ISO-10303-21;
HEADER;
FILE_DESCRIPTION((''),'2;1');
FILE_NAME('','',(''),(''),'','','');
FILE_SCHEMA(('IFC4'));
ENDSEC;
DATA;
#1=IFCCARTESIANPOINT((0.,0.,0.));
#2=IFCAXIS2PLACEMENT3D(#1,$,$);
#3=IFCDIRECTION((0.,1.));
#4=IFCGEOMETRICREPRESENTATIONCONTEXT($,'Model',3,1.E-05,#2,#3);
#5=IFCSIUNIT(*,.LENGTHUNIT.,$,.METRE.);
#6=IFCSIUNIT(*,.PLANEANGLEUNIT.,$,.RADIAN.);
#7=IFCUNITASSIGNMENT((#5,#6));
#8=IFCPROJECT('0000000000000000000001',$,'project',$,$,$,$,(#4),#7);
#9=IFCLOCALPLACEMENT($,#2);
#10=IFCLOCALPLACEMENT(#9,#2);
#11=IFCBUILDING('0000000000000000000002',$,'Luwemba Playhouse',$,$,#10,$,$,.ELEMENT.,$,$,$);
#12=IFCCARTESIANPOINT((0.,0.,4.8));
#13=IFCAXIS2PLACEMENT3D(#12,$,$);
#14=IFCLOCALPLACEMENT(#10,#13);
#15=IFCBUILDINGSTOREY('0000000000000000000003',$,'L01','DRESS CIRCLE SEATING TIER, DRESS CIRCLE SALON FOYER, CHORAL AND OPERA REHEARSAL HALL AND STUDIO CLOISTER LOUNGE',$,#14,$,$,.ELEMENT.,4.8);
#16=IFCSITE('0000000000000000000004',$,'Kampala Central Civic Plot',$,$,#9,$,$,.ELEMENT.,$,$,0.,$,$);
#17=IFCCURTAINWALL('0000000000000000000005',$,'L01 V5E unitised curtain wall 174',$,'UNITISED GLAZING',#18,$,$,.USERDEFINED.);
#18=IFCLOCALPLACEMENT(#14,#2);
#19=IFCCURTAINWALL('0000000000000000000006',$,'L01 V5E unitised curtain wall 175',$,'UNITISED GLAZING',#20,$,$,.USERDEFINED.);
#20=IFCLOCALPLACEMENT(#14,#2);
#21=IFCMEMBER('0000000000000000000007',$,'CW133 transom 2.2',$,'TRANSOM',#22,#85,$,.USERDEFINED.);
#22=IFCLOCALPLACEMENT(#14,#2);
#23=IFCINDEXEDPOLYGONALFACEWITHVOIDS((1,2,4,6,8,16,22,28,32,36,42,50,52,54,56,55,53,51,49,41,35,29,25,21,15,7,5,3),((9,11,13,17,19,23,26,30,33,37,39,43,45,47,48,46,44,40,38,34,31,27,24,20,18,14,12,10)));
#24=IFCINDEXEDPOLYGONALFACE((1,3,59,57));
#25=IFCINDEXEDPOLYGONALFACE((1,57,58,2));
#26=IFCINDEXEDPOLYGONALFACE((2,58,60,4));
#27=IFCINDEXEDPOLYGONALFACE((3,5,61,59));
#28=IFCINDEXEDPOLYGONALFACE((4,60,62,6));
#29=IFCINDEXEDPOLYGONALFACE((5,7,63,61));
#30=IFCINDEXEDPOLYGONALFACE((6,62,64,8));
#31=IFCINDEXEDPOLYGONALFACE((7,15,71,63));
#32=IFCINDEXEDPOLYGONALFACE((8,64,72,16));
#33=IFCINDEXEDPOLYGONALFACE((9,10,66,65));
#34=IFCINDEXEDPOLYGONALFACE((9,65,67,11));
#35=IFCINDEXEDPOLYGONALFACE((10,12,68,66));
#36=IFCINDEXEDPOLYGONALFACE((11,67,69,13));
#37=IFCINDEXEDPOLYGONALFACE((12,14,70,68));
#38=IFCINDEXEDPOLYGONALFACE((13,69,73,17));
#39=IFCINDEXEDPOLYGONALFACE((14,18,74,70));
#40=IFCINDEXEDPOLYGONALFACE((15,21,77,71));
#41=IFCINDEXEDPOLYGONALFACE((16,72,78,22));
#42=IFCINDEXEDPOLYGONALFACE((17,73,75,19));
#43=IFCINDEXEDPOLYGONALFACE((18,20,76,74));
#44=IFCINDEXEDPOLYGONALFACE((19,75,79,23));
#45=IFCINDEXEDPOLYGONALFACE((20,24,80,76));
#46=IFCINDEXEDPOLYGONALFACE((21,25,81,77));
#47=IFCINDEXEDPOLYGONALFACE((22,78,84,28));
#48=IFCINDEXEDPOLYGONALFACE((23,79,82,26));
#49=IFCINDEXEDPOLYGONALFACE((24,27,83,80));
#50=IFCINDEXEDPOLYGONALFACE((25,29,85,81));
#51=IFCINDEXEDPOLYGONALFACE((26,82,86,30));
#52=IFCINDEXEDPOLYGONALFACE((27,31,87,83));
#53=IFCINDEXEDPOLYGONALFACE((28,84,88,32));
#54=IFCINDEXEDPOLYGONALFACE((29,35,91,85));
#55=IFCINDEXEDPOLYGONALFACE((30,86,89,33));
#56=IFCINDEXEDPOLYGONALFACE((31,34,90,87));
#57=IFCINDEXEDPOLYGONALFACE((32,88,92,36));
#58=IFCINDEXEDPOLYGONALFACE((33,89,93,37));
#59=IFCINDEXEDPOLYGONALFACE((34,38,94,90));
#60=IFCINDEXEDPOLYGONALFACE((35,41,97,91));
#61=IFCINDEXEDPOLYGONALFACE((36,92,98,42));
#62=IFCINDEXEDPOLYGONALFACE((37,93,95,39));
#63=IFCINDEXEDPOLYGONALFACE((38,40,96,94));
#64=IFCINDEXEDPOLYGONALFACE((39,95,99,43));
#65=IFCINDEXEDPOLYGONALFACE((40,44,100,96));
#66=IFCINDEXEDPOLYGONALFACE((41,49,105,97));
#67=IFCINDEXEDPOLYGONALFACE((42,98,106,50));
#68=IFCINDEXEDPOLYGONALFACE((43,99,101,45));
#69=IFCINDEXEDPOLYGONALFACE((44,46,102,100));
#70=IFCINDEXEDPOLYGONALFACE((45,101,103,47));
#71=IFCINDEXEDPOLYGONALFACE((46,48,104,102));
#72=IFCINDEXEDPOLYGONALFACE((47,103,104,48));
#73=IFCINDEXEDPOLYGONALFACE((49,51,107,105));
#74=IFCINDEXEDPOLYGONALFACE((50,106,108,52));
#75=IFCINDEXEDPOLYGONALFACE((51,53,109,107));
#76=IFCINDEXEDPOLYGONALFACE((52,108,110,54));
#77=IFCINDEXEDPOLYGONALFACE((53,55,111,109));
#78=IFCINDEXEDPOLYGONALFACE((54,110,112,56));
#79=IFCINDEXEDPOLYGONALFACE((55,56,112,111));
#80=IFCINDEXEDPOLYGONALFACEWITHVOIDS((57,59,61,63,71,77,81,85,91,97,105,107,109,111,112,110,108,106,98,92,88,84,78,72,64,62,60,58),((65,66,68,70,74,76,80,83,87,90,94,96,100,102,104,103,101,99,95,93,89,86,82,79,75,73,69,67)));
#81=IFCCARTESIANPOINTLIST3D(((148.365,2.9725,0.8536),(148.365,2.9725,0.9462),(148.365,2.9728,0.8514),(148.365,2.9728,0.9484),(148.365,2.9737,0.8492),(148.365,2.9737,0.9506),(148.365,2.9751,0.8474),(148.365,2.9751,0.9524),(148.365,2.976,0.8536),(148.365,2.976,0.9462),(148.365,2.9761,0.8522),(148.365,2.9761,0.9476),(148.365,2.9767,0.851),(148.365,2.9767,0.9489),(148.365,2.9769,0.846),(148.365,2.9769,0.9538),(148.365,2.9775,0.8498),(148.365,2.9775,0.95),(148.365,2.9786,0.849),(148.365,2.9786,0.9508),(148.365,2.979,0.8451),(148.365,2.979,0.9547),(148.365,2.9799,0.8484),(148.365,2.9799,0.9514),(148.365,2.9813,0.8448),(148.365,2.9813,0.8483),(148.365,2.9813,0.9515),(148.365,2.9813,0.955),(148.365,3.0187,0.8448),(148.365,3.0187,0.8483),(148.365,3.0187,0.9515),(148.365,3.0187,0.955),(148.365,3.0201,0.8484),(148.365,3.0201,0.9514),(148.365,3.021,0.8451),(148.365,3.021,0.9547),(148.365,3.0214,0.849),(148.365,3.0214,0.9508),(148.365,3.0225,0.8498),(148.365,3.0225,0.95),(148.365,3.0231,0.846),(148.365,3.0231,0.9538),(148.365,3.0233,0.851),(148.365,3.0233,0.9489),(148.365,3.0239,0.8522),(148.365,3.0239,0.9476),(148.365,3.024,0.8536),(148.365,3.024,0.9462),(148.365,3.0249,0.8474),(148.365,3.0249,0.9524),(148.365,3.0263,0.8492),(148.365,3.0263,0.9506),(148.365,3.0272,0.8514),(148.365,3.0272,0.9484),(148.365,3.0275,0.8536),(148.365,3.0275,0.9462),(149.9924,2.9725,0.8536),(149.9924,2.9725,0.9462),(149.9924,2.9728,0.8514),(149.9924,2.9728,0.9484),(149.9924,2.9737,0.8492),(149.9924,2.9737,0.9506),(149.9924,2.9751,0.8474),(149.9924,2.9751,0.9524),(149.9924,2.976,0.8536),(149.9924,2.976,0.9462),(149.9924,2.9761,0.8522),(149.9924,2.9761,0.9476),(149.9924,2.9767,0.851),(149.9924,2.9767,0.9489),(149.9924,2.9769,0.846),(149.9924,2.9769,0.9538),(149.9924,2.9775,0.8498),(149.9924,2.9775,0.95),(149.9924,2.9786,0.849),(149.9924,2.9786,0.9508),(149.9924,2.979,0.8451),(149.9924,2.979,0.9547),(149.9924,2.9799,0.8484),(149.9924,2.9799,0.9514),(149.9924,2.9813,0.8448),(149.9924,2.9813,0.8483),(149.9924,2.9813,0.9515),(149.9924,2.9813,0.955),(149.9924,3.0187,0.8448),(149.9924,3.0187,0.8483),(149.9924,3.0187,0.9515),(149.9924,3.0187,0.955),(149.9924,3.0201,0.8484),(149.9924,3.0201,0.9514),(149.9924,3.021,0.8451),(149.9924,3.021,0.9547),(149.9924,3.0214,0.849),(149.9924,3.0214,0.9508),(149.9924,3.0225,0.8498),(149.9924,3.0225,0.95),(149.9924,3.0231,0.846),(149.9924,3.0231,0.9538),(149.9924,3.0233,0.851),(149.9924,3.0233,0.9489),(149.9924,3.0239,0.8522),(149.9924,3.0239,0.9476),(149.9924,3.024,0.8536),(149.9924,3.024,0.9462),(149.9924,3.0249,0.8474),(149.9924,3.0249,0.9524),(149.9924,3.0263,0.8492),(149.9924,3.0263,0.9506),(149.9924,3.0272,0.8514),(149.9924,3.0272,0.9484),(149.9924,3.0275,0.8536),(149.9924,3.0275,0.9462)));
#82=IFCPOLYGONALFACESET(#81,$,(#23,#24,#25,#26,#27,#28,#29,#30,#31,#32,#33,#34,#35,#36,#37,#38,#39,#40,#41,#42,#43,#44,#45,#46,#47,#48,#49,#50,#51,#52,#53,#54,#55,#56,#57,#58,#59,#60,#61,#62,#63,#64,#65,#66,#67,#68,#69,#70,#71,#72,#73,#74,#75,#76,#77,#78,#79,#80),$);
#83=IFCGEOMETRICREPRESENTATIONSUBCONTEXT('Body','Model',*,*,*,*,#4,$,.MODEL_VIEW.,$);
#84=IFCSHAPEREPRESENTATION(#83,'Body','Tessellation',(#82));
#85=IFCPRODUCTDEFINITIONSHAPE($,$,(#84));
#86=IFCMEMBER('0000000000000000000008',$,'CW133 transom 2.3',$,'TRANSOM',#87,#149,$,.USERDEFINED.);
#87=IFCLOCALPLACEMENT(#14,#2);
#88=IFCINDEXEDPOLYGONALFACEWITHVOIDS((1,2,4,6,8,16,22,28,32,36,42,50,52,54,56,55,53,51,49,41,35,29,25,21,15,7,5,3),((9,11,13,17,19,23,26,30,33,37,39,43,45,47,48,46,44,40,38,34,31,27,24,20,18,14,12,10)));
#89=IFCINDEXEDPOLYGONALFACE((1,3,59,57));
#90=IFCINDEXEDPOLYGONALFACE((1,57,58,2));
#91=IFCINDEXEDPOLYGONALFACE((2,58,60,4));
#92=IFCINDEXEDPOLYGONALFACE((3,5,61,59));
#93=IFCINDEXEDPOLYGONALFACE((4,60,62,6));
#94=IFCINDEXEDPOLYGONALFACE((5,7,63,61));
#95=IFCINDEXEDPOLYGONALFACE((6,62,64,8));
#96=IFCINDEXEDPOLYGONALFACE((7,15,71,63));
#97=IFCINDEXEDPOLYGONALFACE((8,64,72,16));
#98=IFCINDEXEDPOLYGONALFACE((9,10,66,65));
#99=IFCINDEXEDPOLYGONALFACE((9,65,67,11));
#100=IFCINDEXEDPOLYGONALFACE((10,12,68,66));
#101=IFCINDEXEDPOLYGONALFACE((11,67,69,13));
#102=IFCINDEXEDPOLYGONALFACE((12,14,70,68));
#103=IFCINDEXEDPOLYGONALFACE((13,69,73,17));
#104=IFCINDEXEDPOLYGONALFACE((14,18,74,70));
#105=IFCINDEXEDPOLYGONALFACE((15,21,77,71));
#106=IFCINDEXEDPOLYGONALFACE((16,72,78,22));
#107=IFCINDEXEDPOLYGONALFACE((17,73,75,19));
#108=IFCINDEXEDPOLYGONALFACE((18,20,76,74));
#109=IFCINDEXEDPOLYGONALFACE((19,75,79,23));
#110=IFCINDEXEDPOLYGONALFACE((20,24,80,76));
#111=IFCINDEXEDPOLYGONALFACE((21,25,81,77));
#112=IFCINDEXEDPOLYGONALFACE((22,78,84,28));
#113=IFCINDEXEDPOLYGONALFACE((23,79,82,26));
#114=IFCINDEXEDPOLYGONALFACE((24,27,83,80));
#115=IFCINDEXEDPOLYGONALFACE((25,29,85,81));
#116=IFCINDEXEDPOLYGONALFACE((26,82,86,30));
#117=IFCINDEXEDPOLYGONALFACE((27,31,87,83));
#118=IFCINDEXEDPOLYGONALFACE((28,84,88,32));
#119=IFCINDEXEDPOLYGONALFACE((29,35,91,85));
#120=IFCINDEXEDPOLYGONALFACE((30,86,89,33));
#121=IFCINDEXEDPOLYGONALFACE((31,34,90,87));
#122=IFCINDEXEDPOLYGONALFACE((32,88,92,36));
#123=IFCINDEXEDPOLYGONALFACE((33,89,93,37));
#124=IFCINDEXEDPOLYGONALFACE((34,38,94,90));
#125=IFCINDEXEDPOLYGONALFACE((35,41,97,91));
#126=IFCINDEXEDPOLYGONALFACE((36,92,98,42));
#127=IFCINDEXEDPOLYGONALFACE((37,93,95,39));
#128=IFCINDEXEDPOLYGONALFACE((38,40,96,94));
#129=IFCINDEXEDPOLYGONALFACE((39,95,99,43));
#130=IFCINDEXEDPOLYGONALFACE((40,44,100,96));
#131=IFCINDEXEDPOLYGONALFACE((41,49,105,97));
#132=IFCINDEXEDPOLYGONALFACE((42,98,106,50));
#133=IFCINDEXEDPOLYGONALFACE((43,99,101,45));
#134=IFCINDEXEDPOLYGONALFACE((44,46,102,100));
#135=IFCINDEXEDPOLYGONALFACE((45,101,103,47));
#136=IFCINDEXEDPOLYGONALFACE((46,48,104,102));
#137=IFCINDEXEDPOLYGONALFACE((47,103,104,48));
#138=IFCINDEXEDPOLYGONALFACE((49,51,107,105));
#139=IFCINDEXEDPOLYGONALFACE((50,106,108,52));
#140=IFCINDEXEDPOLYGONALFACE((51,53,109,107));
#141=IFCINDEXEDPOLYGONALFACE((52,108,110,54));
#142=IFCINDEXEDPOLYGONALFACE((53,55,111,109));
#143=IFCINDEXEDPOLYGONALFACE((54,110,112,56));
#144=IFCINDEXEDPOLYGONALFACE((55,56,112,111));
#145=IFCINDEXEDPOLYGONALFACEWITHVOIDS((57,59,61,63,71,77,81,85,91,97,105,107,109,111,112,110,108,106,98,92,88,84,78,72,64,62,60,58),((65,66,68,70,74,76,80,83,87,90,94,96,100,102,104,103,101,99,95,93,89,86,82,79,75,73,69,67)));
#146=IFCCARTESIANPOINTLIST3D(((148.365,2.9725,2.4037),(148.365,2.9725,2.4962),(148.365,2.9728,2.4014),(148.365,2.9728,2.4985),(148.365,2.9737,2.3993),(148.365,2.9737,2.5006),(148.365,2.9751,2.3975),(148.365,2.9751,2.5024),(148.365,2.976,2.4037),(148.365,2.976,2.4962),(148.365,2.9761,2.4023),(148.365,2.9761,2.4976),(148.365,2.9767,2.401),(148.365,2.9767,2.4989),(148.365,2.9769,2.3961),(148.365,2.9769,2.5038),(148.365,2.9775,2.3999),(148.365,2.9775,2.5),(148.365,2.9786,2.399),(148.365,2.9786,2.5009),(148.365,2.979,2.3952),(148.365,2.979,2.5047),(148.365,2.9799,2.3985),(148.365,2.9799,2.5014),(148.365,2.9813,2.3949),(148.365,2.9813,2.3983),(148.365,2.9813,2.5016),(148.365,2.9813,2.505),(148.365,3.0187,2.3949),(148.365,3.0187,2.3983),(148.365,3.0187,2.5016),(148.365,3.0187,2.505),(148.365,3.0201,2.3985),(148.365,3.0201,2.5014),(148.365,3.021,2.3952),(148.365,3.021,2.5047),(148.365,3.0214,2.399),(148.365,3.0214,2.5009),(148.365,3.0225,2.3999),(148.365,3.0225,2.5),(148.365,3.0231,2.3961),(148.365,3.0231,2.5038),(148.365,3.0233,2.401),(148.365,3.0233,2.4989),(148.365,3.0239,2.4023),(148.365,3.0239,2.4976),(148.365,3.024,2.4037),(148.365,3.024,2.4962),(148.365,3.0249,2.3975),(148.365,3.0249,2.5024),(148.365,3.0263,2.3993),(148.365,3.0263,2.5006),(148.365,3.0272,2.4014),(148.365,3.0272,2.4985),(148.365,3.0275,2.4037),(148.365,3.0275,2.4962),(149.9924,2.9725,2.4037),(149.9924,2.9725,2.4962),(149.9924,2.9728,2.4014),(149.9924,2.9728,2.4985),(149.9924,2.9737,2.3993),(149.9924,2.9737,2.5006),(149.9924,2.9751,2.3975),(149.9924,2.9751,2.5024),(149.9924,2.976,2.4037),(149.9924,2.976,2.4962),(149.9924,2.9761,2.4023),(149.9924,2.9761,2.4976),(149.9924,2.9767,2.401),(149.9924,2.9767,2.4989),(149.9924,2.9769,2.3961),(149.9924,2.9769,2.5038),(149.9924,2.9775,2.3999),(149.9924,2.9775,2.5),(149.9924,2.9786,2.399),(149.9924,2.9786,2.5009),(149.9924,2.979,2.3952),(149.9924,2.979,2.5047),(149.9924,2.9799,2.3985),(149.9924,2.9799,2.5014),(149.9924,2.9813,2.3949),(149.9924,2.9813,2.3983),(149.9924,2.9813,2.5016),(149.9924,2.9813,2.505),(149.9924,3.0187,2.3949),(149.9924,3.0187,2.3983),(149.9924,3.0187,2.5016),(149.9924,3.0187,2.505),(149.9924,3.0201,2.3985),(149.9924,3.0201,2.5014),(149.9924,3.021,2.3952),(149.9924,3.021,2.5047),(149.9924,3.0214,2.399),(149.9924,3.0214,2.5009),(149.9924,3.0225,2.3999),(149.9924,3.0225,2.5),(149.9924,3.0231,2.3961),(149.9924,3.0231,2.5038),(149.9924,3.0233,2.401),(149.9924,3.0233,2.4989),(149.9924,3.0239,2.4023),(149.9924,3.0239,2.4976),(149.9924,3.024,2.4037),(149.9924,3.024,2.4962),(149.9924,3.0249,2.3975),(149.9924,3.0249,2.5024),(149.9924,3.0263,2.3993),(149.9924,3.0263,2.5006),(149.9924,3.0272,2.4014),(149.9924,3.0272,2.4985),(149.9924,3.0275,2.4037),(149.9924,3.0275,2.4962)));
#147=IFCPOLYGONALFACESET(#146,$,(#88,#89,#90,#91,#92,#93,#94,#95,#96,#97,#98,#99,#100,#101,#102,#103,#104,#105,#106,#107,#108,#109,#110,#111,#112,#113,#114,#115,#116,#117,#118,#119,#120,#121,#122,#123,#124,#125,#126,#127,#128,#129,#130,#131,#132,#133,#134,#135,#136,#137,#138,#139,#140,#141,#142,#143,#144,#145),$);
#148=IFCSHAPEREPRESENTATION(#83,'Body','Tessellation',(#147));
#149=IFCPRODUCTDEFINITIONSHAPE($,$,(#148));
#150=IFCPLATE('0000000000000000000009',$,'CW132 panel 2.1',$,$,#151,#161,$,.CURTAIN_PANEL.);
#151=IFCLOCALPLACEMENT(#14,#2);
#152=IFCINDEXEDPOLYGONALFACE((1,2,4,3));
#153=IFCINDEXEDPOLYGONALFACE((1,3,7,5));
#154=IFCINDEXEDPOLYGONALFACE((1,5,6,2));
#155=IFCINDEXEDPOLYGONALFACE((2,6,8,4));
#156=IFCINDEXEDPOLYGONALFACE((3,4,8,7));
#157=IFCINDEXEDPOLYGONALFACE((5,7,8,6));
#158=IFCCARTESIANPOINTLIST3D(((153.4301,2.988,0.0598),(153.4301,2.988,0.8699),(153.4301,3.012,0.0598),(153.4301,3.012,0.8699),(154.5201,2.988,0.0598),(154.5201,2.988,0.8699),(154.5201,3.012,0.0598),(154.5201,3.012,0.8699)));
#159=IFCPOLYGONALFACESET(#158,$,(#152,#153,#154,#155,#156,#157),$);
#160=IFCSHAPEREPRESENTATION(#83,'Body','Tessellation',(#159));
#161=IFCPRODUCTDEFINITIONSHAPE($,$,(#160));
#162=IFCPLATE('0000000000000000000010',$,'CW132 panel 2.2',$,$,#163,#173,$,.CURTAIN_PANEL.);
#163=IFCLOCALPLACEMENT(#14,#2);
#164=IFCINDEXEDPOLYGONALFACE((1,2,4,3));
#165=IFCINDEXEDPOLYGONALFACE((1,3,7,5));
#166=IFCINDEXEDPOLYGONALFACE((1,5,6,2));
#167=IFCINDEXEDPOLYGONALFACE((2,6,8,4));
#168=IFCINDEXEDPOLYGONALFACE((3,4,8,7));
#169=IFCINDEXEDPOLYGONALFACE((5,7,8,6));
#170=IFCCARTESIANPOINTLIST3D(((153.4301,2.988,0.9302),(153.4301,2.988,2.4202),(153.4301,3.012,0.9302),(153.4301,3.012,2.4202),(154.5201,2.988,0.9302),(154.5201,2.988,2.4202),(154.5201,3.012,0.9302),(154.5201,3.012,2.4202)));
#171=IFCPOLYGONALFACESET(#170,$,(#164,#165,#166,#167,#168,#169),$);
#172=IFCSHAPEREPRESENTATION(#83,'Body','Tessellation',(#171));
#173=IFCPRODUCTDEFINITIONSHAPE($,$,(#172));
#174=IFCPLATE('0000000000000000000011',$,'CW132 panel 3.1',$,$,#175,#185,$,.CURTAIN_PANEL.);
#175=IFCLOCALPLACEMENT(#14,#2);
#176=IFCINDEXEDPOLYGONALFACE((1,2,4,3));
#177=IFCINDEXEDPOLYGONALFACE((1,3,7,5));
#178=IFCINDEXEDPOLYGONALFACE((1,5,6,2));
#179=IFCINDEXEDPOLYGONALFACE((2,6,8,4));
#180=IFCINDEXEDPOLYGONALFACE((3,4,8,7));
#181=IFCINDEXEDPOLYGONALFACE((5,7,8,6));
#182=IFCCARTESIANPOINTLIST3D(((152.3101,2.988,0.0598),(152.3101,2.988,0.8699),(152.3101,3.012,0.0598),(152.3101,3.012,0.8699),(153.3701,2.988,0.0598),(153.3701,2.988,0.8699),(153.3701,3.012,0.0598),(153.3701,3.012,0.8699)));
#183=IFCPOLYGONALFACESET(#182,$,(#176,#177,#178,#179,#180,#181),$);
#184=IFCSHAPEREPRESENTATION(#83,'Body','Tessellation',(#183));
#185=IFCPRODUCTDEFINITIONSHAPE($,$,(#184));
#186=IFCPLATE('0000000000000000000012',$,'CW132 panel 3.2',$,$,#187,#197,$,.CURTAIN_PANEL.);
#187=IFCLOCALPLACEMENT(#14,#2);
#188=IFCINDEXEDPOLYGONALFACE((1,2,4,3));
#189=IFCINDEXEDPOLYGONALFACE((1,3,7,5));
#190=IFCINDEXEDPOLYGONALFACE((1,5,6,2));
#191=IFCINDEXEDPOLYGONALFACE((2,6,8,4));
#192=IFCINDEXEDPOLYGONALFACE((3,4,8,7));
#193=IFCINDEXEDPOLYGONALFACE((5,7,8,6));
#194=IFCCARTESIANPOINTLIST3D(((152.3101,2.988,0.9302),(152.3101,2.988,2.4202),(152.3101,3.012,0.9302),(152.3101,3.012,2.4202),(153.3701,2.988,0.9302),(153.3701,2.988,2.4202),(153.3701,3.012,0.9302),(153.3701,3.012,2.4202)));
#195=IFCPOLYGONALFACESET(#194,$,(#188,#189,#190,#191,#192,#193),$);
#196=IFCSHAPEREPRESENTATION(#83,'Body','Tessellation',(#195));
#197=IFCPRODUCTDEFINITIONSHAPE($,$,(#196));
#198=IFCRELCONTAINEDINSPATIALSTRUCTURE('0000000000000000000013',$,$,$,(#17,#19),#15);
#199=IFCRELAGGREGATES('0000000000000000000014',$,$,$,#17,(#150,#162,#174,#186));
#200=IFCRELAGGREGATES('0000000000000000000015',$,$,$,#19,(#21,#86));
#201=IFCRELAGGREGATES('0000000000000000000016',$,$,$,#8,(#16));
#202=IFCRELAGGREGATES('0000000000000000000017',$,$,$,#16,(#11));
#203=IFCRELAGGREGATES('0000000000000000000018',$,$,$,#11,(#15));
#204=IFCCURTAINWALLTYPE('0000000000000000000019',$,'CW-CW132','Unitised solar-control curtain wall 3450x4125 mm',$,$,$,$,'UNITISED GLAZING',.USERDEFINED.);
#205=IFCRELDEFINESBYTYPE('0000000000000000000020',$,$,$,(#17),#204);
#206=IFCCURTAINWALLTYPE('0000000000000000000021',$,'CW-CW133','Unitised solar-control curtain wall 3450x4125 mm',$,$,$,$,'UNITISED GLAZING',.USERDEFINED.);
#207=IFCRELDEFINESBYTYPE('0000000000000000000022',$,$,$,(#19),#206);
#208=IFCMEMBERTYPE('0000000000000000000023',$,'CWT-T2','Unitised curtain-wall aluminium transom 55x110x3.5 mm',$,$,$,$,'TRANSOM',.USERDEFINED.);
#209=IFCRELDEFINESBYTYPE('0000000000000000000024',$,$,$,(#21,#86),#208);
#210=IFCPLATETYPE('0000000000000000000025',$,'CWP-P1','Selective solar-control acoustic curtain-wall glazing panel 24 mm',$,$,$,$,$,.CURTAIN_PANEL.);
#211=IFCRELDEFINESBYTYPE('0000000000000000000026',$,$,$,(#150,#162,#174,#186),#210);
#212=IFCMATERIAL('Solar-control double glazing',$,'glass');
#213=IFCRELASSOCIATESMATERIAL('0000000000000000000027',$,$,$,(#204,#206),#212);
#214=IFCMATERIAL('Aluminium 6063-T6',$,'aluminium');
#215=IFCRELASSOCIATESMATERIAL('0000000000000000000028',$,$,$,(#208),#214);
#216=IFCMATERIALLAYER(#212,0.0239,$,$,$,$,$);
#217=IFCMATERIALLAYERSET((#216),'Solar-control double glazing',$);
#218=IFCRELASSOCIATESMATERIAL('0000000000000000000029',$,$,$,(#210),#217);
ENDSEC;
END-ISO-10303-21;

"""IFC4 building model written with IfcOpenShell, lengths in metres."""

from ifc_helpers import new_model, si_unit, direction, frame, origin, origin_2d, place, context, subcontext, project, spatial, rectangle, hollow_rectangle, extrude, material, layer, layer_set, material_profile, profile_set, type_object, element, aggregate, save


model = new_model("IFC4")

# Units and contexts
model_context = context("Model", 3, precision=1e-05, world=origin(), true_north=direction((0.0, 1.0)))
body_context = subcontext(model_context, "Body", "Model", "MODEL_VIEW")
ifc_project = project(units=[si_unit("LENGTHUNIT", "METRE"), si_unit("PLANEANGLEUNIT", "RADIAN")], contexts=[model_context])

# Site, building, storey
site_placement = place(None, origin())
site = spatial("IfcSite", under=ifc_project, at=site_placement, Name="Kampala Central Civic Plot", CompositionType="ELEMENT", RefElevation=0.0)
building_placement = place(site_placement, origin())
building = spatial("IfcBuilding", under=site, at=building_placement, Name="Luwemba Playhouse", CompositionType="ELEMENT")
storey_placement = place(building_placement, frame((0.0, 0.0, 4.8)))
storey = spatial("IfcBuildingStorey", under=building, at=storey_placement, Name="L01", Description="DRESS CIRCLE SEATING TIER, DRESS CIRCLE SALON FOYER, CHORAL AND OPERA REHEARSAL HALL AND STUDIO CLOISTER LOUNGE", CompositionType="ELEMENT", Elevation=4.8)

# Curtain walls
ifc_material_1 = material(Name="Solar-control double glazing", Category="glass")
curtain_wall_type_1 = type_object("IfcCurtainWallType", Name="CW-CW132", Description="Unitised solar-control curtain wall 3450x4125 mm", ElementType="UNITISED GLAZING", PredefinedType="USERDEFINED", material=ifc_material_1)
curtain_wall_1_placement = place(storey_placement, origin())
curtain_wall_1 = element("IfcCurtainWall", 1, at=curtain_wall_1_placement, inside=storey, type_object=curtain_wall_type_1, Name="L01 V5E unitised curtain wall 174", ObjectType="UNITISED GLAZING", PredefinedType="USERDEFINED")
ifc_material_2 = material(Name="Aluminium 6063-T6", Category="aluminium")
curtain_wall_type_2 = type_object("IfcCurtainWallType", Name="CW-CW133", Description="Unitised solar-control curtain wall 3450x4125 mm", ElementType="UNITISED GLAZING", PredefinedType="USERDEFINED", material=ifc_material_1)
curtain_wall_2_placement = place(storey_placement, origin())
curtain_wall_2 = element("IfcCurtainWall", 2, at=curtain_wall_2_placement, inside=storey, type_object=curtain_wall_type_2, Name="L01 V5E unitised curtain wall 175", ObjectType="UNITISED GLAZING", PredefinedType="USERDEFINED")

# Members
ifc_material_profile_1 = material_profile(ifc_material_2, hollow_rectangle(XDim=0.0549, YDim=0.1101, WallThickness=0.0034, InnerFilletRadius=0.0054, OuterFilletRadius=0.0088, at=origin_2d()))
ifc_profile_set_1 = profile_set([ifc_material_profile_1], Name="Aluminium 6063-T6")
member_type_1 = type_object("IfcMemberType", Name="CWT-T2", Description="Unitised curtain-wall aluminium transom 55x110x3.5 mm", ElementType="TRANSOM", PredefinedType="USERDEFINED", material=ifc_profile_set_1)
member_1_placement = place(storey_placement, frame((149.9924, 3.0, 0.8999), z_axis=(-1.0, 0.0, 0.0), x_axis=(0.0, -1.0, 0.0)))
member_1 = element("IfcMember", 3, at=member_1_placement, type_object=member_type_1, Name="CW133 transom 2.2", ObjectType="TRANSOM", PredefinedType="USERDEFINED", context=body_context, shape_type="SweptSolid", body=[
    extrude(hollow_rectangle(XDim=0.0549, YDim=0.1101, WallThickness=0.0034, InnerFilletRadius=0.0054, OuterFilletRadius=0.0088, at=origin_2d()), origin(), (0.0, 0.0, 1.0), 1.6274),
])
member_2_placement = place(storey_placement, frame((149.9924, 3.0, 2.45), z_axis=(-1.0, 0.0, 0.0), x_axis=(0.0, -1.0, 0.0)))
member_2 = element("IfcMember", 4, at=member_2_placement, type_object=member_type_1, Name="CW133 transom 2.3", ObjectType="TRANSOM", PredefinedType="USERDEFINED", context=body_context, shape_type="SweptSolid", body=[
    extrude(hollow_rectangle(XDim=0.0549, YDim=0.1101, WallThickness=0.0034, InnerFilletRadius=0.0054, OuterFilletRadius=0.0088, at=origin_2d()), origin(), (0.0, 0.0, 1.0), 1.6274),
])

# Plates
ifc_layer_1 = layer(ifc_material_1, 0.0239)
ifc_layer_set_1 = layer_set([ifc_layer_1], Name="Solar-control double glazing")
plate_type_1 = type_object("IfcPlateType", Name="CWP-P1", Description="Selective solar-control acoustic curtain-wall glazing panel 24 mm", PredefinedType="CURTAIN_PANEL", material=ifc_layer_set_1)
plate_1_placement = place(storey_placement, frame((153.9751, 3.0, 0.0598), z_axis=(0.0, 0.0, 1.0), x_axis=(-1.0, 0.0, 0.0)))
plate_1 = element("IfcPlate", 5, at=plate_1_placement, type_object=plate_type_1, Name="CW132 panel 2.1", PredefinedType="CURTAIN_PANEL", context=body_context, shape_type="SweptSolid", body=[
    extrude(rectangle(XDim=1.0901, YDim=0.0239, at=origin_2d()), origin(), (0.0, 0.0, 1.0), 0.8101),
])
plate_2_placement = place(storey_placement, frame((153.9751, 3.0, 0.9302), z_axis=(0.0, 0.0, 1.0), x_axis=(-1.0, 0.0, 0.0)))
plate_2 = element("IfcPlate", 6, at=plate_2_placement, type_object=plate_type_1, Name="CW132 panel 2.2", PredefinedType="CURTAIN_PANEL", context=body_context, shape_type="SweptSolid", body=[
    extrude(rectangle(XDim=1.0901, YDim=0.0239, at=origin_2d()), origin(), (0.0, 0.0, 1.0), 1.49),
])
plate_3_placement = place(storey_placement, frame((152.8401, 3.0, 0.0598), z_axis=(0.0, 0.0, 1.0), x_axis=(-1.0, 0.0, 0.0)))
plate_3 = element("IfcPlate", 7, at=plate_3_placement, type_object=plate_type_1, Name="CW132 panel 3.1", PredefinedType="CURTAIN_PANEL", context=body_context, shape_type="SweptSolid", body=[
    extrude(rectangle(XDim=1.0601, YDim=0.0239, at=origin_2d()), origin(), (0.0, 0.0, 1.0), 0.8101),
])
plate_4_placement = place(storey_placement, frame((152.8401, 3.0, 0.9302), z_axis=(0.0, 0.0, 1.0), x_axis=(-1.0, 0.0, 0.0)))
plate_4 = element("IfcPlate", 8, at=plate_4_placement, type_object=plate_type_1, Name="CW132 panel 3.2", PredefinedType="CURTAIN_PANEL", context=body_context, shape_type="SweptSolid", body=[
    extrude(rectangle(XDim=1.0601, YDim=0.0239, at=origin_2d()), origin(), (0.0, 0.0, 1.0), 1.49),
])
aggregate(curtain_wall_1, [plate_1, plate_2, plate_3, plate_4])
aggregate(curtain_wall_2, [member_1, member_2])

save(model, "model.ifc")
